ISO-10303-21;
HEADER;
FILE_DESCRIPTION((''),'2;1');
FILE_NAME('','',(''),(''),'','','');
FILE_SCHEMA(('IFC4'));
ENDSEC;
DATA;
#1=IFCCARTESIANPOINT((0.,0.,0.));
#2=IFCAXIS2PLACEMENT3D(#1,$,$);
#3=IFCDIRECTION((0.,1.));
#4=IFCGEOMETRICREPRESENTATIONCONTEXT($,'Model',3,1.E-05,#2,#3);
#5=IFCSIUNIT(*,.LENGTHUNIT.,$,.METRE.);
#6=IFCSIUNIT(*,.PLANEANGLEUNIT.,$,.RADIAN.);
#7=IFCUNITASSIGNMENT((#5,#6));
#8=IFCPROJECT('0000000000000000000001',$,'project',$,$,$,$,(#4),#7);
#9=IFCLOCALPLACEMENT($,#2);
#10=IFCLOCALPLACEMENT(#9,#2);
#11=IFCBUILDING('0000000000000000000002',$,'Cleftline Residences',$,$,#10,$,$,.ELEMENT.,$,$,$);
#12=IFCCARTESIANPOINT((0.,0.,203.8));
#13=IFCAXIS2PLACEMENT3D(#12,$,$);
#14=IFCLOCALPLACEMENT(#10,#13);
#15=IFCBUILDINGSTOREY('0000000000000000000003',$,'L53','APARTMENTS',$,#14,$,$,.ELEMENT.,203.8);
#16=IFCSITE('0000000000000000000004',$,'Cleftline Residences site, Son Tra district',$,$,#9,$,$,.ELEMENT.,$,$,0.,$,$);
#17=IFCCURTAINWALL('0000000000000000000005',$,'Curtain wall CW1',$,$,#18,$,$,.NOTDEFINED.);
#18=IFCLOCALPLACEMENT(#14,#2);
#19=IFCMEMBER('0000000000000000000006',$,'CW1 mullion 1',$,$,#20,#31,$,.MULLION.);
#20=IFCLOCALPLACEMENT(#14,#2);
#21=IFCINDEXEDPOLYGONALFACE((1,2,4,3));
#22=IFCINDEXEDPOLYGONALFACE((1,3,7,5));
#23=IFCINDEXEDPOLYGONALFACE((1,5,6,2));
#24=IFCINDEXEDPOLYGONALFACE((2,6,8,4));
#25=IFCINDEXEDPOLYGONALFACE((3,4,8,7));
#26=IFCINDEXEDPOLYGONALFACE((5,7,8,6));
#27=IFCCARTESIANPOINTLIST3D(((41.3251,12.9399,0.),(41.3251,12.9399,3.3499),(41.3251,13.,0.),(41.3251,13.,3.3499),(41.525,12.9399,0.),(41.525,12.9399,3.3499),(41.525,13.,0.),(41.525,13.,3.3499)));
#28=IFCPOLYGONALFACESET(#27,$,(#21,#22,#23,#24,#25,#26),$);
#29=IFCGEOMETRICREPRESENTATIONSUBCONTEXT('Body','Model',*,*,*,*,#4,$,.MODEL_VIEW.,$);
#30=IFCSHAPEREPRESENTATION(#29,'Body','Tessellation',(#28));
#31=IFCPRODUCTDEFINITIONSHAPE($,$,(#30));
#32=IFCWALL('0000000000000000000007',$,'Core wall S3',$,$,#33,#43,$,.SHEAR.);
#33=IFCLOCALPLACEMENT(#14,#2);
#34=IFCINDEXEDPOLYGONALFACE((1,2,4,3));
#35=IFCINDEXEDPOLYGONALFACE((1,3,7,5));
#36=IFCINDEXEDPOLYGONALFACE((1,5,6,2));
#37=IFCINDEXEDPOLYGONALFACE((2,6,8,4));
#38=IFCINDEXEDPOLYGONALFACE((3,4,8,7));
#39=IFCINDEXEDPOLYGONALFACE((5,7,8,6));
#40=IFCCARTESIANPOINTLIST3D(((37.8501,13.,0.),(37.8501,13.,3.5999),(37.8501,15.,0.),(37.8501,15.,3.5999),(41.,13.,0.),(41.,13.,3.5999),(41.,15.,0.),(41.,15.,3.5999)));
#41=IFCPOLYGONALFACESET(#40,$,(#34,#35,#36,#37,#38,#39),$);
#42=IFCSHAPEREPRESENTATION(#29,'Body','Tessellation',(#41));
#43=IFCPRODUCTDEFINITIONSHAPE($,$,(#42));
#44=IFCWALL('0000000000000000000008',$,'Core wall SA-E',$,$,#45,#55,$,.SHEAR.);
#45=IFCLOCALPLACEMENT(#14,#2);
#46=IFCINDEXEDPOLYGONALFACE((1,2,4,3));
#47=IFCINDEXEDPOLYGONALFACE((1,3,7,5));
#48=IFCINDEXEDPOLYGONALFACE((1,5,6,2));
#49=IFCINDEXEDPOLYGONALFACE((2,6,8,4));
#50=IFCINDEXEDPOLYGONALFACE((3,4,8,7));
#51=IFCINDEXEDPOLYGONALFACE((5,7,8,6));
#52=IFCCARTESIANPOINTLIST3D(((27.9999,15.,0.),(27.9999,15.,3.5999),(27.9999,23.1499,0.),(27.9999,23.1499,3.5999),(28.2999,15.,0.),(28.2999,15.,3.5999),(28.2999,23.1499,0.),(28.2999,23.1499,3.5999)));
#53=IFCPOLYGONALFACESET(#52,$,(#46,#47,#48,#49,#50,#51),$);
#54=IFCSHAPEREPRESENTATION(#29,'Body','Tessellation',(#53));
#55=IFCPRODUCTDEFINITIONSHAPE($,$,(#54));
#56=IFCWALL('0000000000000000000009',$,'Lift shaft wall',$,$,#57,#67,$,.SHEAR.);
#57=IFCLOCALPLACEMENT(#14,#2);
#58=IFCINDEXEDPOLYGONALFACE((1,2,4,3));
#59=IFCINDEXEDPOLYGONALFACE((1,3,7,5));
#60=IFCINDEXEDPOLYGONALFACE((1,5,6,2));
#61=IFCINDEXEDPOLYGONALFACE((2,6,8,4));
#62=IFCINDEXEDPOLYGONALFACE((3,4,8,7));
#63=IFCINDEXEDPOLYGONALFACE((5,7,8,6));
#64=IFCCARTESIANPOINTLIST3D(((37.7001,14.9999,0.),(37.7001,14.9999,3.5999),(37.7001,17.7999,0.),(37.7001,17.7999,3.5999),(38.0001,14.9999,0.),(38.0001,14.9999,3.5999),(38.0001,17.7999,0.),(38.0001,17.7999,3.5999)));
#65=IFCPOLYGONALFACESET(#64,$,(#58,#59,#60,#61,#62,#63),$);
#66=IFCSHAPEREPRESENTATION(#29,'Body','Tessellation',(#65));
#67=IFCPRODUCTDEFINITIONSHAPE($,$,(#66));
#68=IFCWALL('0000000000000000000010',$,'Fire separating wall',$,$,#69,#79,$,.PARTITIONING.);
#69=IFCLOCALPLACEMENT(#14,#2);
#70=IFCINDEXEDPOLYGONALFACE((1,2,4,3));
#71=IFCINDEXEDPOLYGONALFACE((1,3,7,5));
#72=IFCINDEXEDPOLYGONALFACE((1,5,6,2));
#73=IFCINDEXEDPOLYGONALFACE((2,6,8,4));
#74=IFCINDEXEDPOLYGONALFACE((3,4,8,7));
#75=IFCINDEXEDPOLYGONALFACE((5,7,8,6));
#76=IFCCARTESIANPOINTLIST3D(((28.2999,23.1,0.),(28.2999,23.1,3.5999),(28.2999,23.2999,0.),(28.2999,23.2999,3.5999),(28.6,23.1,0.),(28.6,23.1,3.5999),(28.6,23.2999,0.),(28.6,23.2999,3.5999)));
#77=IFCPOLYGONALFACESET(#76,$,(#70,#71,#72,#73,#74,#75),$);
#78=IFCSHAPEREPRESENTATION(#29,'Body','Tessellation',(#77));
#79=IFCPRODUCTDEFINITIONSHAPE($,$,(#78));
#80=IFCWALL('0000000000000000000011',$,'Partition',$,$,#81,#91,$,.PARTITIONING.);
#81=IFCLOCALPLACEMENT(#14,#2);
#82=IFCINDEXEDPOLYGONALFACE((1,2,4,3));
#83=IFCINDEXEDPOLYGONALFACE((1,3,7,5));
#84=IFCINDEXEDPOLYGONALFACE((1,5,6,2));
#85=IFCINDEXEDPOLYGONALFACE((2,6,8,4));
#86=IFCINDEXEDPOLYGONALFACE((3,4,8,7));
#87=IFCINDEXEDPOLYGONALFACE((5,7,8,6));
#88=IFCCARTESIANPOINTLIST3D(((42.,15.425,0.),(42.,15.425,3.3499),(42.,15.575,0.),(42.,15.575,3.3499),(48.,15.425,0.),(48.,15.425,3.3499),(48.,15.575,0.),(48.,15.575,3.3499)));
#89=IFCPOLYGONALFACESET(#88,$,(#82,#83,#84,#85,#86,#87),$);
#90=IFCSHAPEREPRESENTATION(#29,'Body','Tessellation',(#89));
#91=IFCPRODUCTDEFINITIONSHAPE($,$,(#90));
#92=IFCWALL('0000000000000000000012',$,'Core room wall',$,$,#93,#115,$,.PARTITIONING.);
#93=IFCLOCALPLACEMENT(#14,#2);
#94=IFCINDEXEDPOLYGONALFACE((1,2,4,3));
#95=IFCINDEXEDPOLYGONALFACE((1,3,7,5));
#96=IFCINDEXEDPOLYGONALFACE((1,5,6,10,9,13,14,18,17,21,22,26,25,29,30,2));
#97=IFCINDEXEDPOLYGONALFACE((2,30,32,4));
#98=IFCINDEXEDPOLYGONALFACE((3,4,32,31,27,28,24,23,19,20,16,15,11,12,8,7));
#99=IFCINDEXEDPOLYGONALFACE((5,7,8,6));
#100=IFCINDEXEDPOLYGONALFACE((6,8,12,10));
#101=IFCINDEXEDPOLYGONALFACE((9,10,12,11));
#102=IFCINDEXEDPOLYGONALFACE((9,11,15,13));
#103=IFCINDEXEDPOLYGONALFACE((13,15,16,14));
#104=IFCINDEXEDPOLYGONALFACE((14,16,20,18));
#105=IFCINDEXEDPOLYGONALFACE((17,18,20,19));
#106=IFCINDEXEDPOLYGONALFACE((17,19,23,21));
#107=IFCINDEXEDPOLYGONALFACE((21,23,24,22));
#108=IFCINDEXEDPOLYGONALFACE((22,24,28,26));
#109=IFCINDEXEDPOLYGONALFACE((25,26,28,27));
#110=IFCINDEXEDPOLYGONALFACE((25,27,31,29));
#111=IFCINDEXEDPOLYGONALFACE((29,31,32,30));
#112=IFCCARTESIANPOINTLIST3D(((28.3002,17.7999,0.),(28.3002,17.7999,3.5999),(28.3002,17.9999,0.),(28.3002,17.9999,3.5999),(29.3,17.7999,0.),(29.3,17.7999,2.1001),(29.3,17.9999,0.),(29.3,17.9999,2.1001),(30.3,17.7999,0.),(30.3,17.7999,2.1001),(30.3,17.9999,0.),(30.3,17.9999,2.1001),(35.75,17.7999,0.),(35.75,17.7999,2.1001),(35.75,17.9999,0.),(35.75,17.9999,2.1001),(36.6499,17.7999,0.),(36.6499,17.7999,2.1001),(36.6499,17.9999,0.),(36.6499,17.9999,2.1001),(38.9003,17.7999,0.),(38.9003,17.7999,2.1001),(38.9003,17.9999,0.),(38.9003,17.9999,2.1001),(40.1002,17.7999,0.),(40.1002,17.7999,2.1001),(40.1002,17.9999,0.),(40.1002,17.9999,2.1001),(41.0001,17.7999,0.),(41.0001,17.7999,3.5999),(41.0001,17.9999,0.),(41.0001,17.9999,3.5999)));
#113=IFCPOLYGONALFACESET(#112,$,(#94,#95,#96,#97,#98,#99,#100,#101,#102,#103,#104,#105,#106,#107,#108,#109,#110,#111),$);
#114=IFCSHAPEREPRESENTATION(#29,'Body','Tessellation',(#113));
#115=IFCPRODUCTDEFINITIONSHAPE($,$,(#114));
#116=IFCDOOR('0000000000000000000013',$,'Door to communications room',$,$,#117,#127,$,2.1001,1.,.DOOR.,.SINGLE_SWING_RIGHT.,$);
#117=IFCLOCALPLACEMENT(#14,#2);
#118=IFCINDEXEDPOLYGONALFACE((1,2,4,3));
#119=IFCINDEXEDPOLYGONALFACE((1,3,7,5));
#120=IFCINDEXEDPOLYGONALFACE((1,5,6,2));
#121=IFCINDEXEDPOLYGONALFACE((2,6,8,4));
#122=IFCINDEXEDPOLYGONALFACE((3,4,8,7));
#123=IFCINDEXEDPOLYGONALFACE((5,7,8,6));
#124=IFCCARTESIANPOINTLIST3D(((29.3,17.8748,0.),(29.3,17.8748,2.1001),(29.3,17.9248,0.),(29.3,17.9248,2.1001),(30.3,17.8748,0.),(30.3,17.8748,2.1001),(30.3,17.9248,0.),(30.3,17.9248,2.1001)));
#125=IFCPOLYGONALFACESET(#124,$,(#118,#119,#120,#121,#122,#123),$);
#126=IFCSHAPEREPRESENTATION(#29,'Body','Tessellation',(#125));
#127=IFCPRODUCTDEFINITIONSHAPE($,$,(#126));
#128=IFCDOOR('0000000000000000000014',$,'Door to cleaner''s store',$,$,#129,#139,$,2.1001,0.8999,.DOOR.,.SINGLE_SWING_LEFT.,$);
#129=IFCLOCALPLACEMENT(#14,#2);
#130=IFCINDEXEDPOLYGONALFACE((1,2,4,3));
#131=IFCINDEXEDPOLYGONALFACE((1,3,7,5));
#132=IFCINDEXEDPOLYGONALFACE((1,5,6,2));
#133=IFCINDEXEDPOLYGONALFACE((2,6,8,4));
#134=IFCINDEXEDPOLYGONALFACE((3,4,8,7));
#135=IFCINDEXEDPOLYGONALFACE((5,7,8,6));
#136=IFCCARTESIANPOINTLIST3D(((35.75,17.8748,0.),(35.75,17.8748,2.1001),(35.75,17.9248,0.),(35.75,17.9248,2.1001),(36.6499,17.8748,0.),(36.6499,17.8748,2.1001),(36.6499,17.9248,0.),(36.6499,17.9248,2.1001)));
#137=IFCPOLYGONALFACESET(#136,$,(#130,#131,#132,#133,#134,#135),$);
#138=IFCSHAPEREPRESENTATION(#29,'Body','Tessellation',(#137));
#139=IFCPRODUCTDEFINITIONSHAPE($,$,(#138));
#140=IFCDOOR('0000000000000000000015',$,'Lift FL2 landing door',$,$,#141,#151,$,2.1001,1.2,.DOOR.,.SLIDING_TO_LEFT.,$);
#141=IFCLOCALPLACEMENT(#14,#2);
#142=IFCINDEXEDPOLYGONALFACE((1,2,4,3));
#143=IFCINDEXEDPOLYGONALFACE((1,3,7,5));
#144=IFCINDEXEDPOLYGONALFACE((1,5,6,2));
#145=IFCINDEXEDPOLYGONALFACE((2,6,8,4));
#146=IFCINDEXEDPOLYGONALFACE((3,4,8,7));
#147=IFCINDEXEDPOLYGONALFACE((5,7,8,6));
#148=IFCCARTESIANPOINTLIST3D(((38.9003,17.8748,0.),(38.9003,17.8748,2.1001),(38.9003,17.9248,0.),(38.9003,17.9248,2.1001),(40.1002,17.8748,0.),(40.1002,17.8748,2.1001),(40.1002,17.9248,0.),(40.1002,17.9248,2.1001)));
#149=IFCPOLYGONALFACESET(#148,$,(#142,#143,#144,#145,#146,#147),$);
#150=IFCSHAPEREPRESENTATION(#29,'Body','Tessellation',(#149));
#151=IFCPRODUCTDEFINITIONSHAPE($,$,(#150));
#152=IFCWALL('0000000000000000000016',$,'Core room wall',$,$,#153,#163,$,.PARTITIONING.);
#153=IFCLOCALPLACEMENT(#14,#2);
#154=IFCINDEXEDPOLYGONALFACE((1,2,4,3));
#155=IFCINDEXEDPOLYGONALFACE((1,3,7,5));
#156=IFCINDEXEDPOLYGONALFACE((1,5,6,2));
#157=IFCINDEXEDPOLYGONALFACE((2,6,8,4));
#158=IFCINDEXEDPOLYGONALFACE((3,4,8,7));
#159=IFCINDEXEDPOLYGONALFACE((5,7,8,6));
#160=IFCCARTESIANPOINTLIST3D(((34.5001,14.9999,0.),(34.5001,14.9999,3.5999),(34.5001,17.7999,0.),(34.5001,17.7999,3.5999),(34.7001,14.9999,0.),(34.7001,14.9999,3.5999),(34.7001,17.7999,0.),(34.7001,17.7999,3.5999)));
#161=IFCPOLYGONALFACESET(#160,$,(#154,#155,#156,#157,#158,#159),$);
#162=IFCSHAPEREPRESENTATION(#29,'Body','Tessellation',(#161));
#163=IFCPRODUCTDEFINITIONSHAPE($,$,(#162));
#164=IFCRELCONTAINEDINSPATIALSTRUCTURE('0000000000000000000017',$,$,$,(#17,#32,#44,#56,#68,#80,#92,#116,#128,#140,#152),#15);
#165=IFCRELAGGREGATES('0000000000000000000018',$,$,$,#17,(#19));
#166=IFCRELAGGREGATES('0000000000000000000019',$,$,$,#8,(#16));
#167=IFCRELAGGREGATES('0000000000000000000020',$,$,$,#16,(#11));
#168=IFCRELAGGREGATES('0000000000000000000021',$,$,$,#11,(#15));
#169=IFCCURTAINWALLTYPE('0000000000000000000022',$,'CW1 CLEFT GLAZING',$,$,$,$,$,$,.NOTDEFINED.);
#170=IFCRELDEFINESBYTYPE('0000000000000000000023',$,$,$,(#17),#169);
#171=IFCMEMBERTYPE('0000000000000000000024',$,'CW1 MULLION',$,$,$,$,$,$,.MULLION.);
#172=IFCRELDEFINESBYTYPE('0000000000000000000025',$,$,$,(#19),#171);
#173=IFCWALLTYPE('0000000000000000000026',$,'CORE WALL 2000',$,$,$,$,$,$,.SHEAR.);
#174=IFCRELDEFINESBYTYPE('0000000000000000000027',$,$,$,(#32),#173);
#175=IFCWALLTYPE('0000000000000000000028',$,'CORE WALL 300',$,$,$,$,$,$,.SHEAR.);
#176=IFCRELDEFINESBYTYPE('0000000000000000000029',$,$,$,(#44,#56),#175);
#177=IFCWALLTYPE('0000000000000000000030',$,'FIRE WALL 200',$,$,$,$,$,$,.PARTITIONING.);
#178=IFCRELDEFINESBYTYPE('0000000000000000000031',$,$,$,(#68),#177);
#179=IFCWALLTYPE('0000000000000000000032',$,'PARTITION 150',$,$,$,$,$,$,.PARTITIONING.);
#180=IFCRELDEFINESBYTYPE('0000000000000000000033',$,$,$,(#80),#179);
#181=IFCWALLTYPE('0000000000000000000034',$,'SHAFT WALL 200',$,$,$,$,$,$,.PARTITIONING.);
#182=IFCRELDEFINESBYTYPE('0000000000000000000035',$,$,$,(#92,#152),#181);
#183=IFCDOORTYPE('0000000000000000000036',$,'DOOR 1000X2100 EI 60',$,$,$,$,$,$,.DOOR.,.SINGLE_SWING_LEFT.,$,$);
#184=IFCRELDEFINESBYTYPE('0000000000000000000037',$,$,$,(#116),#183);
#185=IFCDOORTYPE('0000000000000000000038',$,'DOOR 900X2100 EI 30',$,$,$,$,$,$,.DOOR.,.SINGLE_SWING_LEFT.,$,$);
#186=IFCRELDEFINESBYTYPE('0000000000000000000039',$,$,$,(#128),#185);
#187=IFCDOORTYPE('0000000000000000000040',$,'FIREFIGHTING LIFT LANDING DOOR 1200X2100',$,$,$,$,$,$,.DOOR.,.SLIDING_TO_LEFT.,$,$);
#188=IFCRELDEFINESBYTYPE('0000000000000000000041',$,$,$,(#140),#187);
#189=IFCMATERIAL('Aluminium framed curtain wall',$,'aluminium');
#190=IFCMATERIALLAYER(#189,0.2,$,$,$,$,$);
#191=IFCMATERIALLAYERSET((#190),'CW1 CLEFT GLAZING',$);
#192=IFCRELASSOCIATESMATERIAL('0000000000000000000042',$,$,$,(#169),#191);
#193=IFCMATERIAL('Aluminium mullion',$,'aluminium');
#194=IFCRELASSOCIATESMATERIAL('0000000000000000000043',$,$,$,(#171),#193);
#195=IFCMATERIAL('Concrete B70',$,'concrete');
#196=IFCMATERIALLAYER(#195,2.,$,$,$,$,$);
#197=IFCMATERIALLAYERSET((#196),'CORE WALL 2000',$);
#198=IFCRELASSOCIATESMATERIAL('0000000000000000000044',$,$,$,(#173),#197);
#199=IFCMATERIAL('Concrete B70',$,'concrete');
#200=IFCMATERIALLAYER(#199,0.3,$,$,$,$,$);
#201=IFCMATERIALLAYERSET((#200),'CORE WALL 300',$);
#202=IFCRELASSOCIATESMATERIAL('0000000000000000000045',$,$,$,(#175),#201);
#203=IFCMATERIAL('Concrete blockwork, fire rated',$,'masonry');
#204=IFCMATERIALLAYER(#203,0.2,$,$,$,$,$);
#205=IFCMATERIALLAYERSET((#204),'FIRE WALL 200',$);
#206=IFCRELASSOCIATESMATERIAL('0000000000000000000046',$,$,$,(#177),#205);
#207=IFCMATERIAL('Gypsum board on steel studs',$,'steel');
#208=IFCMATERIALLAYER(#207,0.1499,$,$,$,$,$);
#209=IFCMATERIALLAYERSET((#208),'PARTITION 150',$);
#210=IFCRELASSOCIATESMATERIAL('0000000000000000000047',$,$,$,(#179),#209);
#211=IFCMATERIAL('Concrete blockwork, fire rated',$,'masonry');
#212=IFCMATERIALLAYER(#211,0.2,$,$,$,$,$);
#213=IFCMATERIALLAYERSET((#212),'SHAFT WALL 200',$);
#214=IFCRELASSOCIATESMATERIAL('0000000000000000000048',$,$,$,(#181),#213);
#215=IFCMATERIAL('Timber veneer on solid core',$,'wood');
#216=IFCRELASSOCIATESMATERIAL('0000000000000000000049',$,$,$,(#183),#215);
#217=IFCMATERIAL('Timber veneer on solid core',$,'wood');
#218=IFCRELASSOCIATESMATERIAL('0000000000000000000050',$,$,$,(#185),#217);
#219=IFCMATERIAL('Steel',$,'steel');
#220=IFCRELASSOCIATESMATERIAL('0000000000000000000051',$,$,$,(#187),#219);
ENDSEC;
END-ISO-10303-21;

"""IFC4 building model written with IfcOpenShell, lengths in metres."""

from ifc_helpers import new_model, si_unit, direction, frame, frame_2d, origin, origin_2d, place, context, subcontext, project, spatial, rectangle, extrude, material, layer, layer_set, material_profile, profile_set, type_object, element, fill, aggregate, save


model = new_model("IFC4")

# Units and contexts
model_context = context("Model", 3, precision=1e-05, world=origin(), true_north=direction((0.0, 1.0)))
body_context = subcontext(model_context, "Body", "Model", "MODEL_VIEW")
ifc_project = project(units=[si_unit("LENGTHUNIT", "METRE"), si_unit("PLANEANGLEUNIT", "RADIAN")], contexts=[model_context])

# Site, building, storey
site_placement = place(None, origin())
site = spatial("IfcSite", under=ifc_project, at=site_placement, Name="Cleftline Residences site, Son Tra district", CompositionType="ELEMENT", RefElevation=0.0)
building_placement = place(site_placement, origin())
building = spatial("IfcBuilding", under=site, at=building_placement, Name="Cleftline Residences", CompositionType="ELEMENT")
storey_placement = place(building_placement, frame((0.0, 0.0, 203.8)))
storey = spatial("IfcBuildingStorey", under=building, at=storey_placement, Name="L53", Description="APARTMENTS", CompositionType="ELEMENT", Elevation=203.8)

# Curtain wall, member
ifc_material_1 = material(Name="Aluminium framed curtain wall", Category="aluminium")
ifc_layer_1 = layer(ifc_material_1, 0.2)
ifc_layer_set_1 = layer_set([ifc_layer_1], Name="CW1 CLEFT GLAZING")
curtain_wall_type = type_object("IfcCurtainWallType", Name="CW1 CLEFT GLAZING", PredefinedType="NOTDEFINED", material=ifc_layer_set_1)
curtain_wall_placement = place(storey_placement, origin())
curtain_wall = element("IfcCurtainWall", 1, at=curtain_wall_placement, inside=storey, type_object=curtain_wall_type, Name="Curtain wall CW1", PredefinedType="NOTDEFINED")
ifc_material_2 = material(Name="Aluminium mullion", Category="aluminium")
ifc_material_profile = material_profile(ifc_material_2, rectangle(XDim=0.2, YDim=0.0601, at=origin_2d()))
ifc_profile_set = profile_set([ifc_material_profile], Name="Aluminium mullion")
member_type = type_object("IfcMemberType", Name="CW1 MULLION", PredefinedType="MULLION", material=ifc_profile_set)
member_placement = place(storey_placement, frame((41.425, 12.97, 0.0), z_axis=(0.0, 0.0, 1.0), x_axis=(1.0, 0.0, 0.0)))
member = element("IfcMember", 2, at=member_placement, type_object=member_type, Name="CW1 mullion 1", PredefinedType="MULLION", context=body_context, shape_type="SweptSolid", body=[
    extrude(rectangle(XDim=0.2, YDim=0.0601, at=origin_2d()), origin(), (0.0, 0.0, 1.0), 3.3499),
])
aggregate(curtain_wall, [member])

# Walls
ifc_material_3 = material(Name="Concrete B70", Category="concrete")
ifc_layer_2 = layer(ifc_material_3, 2.0)
ifc_layer_set_2 = layer_set([ifc_layer_2], Name="CORE WALL 2000")
wall_type_1 = type_object("IfcWallType", Name="CORE WALL 2000", PredefinedType="SHEAR", material=ifc_layer_set_2)
wall_1_placement = place(storey_placement, frame((37.8501, 14.0, 0.0), z_axis=(0.0, 0.0, 1.0), x_axis=(1.0, 0.0, 0.0)))
element("IfcWall", 3, at=wall_1_placement, inside=storey, type_object=wall_type_1, Name="Core wall S3", PredefinedType="SHEAR", context=body_context, shape_type="SweptSolid", body=[
    extrude(rectangle(XDim=3.1499, YDim=2.0, at=frame_2d((1.575, 0.0))), origin(), (0.0, 0.0, 1.0), 3.5999),
])
ifc_material_4 = material(Name="Concrete B70", Category="concrete")
ifc_layer_3 = layer(ifc_material_4, 0.3)
ifc_layer_set_3 = layer_set([ifc_layer_3], Name="CORE WALL 300")
wall_type_2 = type_object("IfcWallType", Name="CORE WALL 300", PredefinedType="SHEAR", material=ifc_layer_set_3)
wall_2_placement = place(storey_placement, frame((28.1499, 15.0, 0.0), z_axis=(0.0, 0.0, 1.0), x_axis=(0.0, 1.0, 0.0)))
element("IfcWall", 4, at=wall_2_placement, inside=storey, type_object=wall_type_2, Name="Core wall SA-E", PredefinedType="SHEAR", context=body_context, shape_type="SweptSolid", body=[
    extrude(rectangle(XDim=8.1499, YDim=0.3, at=frame_2d((4.075, 0.0))), origin(), (0.0, 0.0, 1.0), 3.5999),
])
wall_3_placement = place(storey_placement, frame((37.8501, 15.0, 0.0), z_axis=(0.0, 0.0, 1.0), x_axis=(0.0, 1.0, 0.0)))
element("IfcWall", 5, at=wall_3_placement, inside=storey, type_object=wall_type_2, Name="Lift shaft wall", PredefinedType="SHEAR", context=body_context, shape_type="SweptSolid", body=[
    extrude(rectangle(XDim=2.8, YDim=0.3, at=frame_2d((1.3999, 0.0))), origin(), (0.0, 0.0, 1.0), 3.5999),
])
ifc_material_5 = material(Name="Concrete blockwork, fire rated", Category="masonry")
ifc_layer_4 = layer(ifc_material_5, 0.2)
ifc_layer_set_4 = layer_set([ifc_layer_4], Name="FIRE WALL 200")
wall_type_3 = type_object("IfcWallType", Name="FIRE WALL 200", PredefinedType="PARTITIONING", material=ifc_layer_set_4)
wall_4_placement = place(storey_placement, frame((28.3, 23.2, 0.0), z_axis=(0.0, 0.0, 1.0), x_axis=(1.0, 0.0, 0.0)))
element("IfcWall", 6, at=wall_4_placement, inside=storey, type_object=wall_type_3, Name="Fire separating wall", PredefinedType="PARTITIONING", context=body_context, shape_type="SweptSolid", body=[
    extrude(rectangle(XDim=0.3, YDim=0.2, at=frame_2d((0.1499, 0.0))), origin(), (0.0, 0.0, 1.0), 3.5999),
])
ifc_material_6 = material(Name="Gypsum board on steel studs", Category="steel")
ifc_layer_5 = layer(ifc_material_6, 0.1499)
ifc_layer_set_5 = layer_set([ifc_layer_5], Name="PARTITION 150")
wall_type_4 = type_object("IfcWallType", Name="PARTITION 150", PredefinedType="PARTITIONING", material=ifc_layer_set_5)
wall_5_placement = place(storey_placement, frame((42.0, 15.5, 0.0), z_axis=(0.0, 0.0, 1.0), x_axis=(1.0, 0.0, 0.0)))
element("IfcWall", 7, at=wall_5_placement, inside=storey, type_object=wall_type_4, Name="Partition", PredefinedType="PARTITIONING", context=body_context, shape_type="SweptSolid", body=[
    extrude(rectangle(XDim=6.0, YDim=0.1499, at=frame_2d((3.0, 0.0))), origin(), (0.0, 0.0, 1.0), 3.3499),
])

# Wall, openings, doors
ifc_material_7 = material(Name="Concrete blockwork, fire rated", Category="masonry")
ifc_layer_6 = layer(ifc_material_7, 0.2)
ifc_layer_set_6 = layer_set([ifc_layer_6], Name="SHAFT WALL 200")
wall_type_5 = type_object("IfcWallType", Name="SHAFT WALL 200", PredefinedType="PARTITIONING", material=ifc_layer_set_6)
wall_6_placement = place(storey_placement, frame((28.3, 17.8999, 0.0), z_axis=(0.0, 0.0, 1.0), x_axis=(1.0, 0.0, 0.0)))
wall_6 = element("IfcWall", 8, at=wall_6_placement, inside=storey, type_object=wall_type_5, Name="Core room wall", PredefinedType="PARTITIONING", context=body_context, shape_type="SweptSolid", body=[
    extrude(rectangle(XDim=12.7, YDim=0.2, at=frame_2d((6.3501, 0.0))), origin(), (0.0, 0.0, 1.0), 3.5999),
])
opening_1_placement = place(wall_6_placement, frame((1.0, 0.0, 0.0)))
opening_1 = element("IfcOpeningElement", 9, at=opening_1_placement, cuts=wall_6, PredefinedType="OPENING", context=body_context, shape_type="SweptSolid", body=[
    extrude(rectangle(XDim=1.0, YDim=2.1001, at=frame_2d((0.5, 1.05))), frame((0.0, 0.1099, 0.0), z_axis=(0.0, -1.0, 0.0), x_axis=(1.0, 0.0, 0.0)), (0.0, 0.0, 1.0), 0.22),
])
opening_2_placement = place(wall_6_placement, frame((7.45, 0.0, 0.0)))
opening_2 = element("IfcOpeningElement", 10, at=opening_2_placement, cuts=wall_6, PredefinedType="OPENING", context=body_context, shape_type="SweptSolid", body=[
    extrude(rectangle(XDim=0.8999, YDim=2.1001, at=frame_2d((0.45, 1.05))), frame((0.0, 0.1099, 0.0), z_axis=(0.0, -1.0, 0.0), x_axis=(1.0, 0.0, 0.0)), (0.0, 0.0, 1.0), 0.22),
])
opening_3_placement = place(wall_6_placement, frame((10.6001, 0.0, 0.0)))
opening_3 = element("IfcOpeningElement", 11, at=opening_3_placement, cuts=wall_6, PredefinedType="OPENING", context=body_context, shape_type="SweptSolid", body=[
    extrude(rectangle(XDim=1.2, YDim=2.1001, at=frame_2d((0.6001, 1.05))), frame((0.0, 0.1099, 0.0), z_axis=(0.0, -1.0, 0.0), x_axis=(1.0, 0.0, 0.0)), (0.0, 0.0, 1.0), 0.22),
])
ifc_material_8 = material(Name="Timber veneer on solid core", Category="wood")
door_type_1 = type_object("IfcDoorType", Name="DOOR 1000X2100 EI 60", OperationType="SINGLE_SWING_LEFT", PredefinedType="DOOR", material=ifc_material_8)
door_1_placement = place(opening_1_placement, origin())
door_1 = element("IfcDoor", 12, at=door_1_placement, inside=storey, type_object=door_type_1, Name="Door to communications room", OperationType="SINGLE_SWING_RIGHT", OverallHeight=2.1001, OverallWidth=1.0, PredefinedType="DOOR", context=body_context, shape_type="SweptSolid", body=[
    extrude(rectangle(XDim=1.0, YDim=2.1001, at=frame_2d((0.5, 1.05))), frame((0.0, 0.0249, 0.0), z_axis=(0.0, -1.0, 0.0), x_axis=(1.0, 0.0, 0.0)), (0.0, 0.0, 1.0), 0.05),
])
fill(opening_1, door_1)
ifc_material_9 = material(Name="Timber veneer on solid core", Category="wood")
door_type_2 = type_object("IfcDoorType", Name="DOOR 900X2100 EI 30", OperationType="SINGLE_SWING_LEFT", PredefinedType="DOOR", material=ifc_material_9)
door_2_placement = place(opening_2_placement, origin())
door_2 = element("IfcDoor", 13, at=door_2_placement, inside=storey, type_object=door_type_2, Name="Door to cleaner's store", OperationType="SINGLE_SWING_LEFT", OverallHeight=2.1001, OverallWidth=0.8999, PredefinedType="DOOR", context=body_context, shape_type="SweptSolid", body=[
    extrude(rectangle(XDim=0.8999, YDim=2.1001, at=frame_2d((0.45, 1.05))), frame((0.0, 0.0249, 0.0), z_axis=(0.0, -1.0, 0.0), x_axis=(1.0, 0.0, 0.0)), (0.0, 0.0, 1.0), 0.05),
])
fill(opening_2, door_2)
ifc_material_10 = material(Name="Steel", Category="steel")
door_type_3 = type_object("IfcDoorType", Name="FIREFIGHTING LIFT LANDING DOOR 1200X2100", OperationType="SLIDING_TO_LEFT", PredefinedType="DOOR", material=ifc_material_10)
door_3_placement = place(opening_3_placement, origin())
door_3 = element("IfcDoor", 14, at=door_3_placement, inside=storey, type_object=door_type_3, Name="Lift FL2 landing door", OperationType="SLIDING_TO_LEFT", OverallHeight=2.1001, OverallWidth=1.2, PredefinedType="DOOR", context=body_context, shape_type="SweptSolid", body=[
    extrude(rectangle(XDim=1.2, YDim=2.1001, at=frame_2d((0.6001, 1.05))), frame((0.0, 0.0249, 0.0), z_axis=(0.0, -1.0, 0.0), x_axis=(1.0, 0.0, 0.0)), (0.0, 0.0, 1.0), 0.05),
])
fill(opening_3, door_3)

# Wall
wall_7_placement = place(storey_placement, frame((34.6001, 15.0, 0.0), z_axis=(0.0, 0.0, 1.0), x_axis=(0.0, 1.0, 0.0)))
element("IfcWall", 15, at=wall_7_placement, inside=storey, type_object=wall_type_5, Name="Core room wall", PredefinedType="PARTITIONING", context=body_context, shape_type="SweptSolid", body=[
    extrude(rectangle(XDim=2.8, YDim=0.2, at=frame_2d((1.3999, 0.0))), origin(), (0.0, 0.0, 1.0), 3.5999),
])

save(model, "model.ifc")
